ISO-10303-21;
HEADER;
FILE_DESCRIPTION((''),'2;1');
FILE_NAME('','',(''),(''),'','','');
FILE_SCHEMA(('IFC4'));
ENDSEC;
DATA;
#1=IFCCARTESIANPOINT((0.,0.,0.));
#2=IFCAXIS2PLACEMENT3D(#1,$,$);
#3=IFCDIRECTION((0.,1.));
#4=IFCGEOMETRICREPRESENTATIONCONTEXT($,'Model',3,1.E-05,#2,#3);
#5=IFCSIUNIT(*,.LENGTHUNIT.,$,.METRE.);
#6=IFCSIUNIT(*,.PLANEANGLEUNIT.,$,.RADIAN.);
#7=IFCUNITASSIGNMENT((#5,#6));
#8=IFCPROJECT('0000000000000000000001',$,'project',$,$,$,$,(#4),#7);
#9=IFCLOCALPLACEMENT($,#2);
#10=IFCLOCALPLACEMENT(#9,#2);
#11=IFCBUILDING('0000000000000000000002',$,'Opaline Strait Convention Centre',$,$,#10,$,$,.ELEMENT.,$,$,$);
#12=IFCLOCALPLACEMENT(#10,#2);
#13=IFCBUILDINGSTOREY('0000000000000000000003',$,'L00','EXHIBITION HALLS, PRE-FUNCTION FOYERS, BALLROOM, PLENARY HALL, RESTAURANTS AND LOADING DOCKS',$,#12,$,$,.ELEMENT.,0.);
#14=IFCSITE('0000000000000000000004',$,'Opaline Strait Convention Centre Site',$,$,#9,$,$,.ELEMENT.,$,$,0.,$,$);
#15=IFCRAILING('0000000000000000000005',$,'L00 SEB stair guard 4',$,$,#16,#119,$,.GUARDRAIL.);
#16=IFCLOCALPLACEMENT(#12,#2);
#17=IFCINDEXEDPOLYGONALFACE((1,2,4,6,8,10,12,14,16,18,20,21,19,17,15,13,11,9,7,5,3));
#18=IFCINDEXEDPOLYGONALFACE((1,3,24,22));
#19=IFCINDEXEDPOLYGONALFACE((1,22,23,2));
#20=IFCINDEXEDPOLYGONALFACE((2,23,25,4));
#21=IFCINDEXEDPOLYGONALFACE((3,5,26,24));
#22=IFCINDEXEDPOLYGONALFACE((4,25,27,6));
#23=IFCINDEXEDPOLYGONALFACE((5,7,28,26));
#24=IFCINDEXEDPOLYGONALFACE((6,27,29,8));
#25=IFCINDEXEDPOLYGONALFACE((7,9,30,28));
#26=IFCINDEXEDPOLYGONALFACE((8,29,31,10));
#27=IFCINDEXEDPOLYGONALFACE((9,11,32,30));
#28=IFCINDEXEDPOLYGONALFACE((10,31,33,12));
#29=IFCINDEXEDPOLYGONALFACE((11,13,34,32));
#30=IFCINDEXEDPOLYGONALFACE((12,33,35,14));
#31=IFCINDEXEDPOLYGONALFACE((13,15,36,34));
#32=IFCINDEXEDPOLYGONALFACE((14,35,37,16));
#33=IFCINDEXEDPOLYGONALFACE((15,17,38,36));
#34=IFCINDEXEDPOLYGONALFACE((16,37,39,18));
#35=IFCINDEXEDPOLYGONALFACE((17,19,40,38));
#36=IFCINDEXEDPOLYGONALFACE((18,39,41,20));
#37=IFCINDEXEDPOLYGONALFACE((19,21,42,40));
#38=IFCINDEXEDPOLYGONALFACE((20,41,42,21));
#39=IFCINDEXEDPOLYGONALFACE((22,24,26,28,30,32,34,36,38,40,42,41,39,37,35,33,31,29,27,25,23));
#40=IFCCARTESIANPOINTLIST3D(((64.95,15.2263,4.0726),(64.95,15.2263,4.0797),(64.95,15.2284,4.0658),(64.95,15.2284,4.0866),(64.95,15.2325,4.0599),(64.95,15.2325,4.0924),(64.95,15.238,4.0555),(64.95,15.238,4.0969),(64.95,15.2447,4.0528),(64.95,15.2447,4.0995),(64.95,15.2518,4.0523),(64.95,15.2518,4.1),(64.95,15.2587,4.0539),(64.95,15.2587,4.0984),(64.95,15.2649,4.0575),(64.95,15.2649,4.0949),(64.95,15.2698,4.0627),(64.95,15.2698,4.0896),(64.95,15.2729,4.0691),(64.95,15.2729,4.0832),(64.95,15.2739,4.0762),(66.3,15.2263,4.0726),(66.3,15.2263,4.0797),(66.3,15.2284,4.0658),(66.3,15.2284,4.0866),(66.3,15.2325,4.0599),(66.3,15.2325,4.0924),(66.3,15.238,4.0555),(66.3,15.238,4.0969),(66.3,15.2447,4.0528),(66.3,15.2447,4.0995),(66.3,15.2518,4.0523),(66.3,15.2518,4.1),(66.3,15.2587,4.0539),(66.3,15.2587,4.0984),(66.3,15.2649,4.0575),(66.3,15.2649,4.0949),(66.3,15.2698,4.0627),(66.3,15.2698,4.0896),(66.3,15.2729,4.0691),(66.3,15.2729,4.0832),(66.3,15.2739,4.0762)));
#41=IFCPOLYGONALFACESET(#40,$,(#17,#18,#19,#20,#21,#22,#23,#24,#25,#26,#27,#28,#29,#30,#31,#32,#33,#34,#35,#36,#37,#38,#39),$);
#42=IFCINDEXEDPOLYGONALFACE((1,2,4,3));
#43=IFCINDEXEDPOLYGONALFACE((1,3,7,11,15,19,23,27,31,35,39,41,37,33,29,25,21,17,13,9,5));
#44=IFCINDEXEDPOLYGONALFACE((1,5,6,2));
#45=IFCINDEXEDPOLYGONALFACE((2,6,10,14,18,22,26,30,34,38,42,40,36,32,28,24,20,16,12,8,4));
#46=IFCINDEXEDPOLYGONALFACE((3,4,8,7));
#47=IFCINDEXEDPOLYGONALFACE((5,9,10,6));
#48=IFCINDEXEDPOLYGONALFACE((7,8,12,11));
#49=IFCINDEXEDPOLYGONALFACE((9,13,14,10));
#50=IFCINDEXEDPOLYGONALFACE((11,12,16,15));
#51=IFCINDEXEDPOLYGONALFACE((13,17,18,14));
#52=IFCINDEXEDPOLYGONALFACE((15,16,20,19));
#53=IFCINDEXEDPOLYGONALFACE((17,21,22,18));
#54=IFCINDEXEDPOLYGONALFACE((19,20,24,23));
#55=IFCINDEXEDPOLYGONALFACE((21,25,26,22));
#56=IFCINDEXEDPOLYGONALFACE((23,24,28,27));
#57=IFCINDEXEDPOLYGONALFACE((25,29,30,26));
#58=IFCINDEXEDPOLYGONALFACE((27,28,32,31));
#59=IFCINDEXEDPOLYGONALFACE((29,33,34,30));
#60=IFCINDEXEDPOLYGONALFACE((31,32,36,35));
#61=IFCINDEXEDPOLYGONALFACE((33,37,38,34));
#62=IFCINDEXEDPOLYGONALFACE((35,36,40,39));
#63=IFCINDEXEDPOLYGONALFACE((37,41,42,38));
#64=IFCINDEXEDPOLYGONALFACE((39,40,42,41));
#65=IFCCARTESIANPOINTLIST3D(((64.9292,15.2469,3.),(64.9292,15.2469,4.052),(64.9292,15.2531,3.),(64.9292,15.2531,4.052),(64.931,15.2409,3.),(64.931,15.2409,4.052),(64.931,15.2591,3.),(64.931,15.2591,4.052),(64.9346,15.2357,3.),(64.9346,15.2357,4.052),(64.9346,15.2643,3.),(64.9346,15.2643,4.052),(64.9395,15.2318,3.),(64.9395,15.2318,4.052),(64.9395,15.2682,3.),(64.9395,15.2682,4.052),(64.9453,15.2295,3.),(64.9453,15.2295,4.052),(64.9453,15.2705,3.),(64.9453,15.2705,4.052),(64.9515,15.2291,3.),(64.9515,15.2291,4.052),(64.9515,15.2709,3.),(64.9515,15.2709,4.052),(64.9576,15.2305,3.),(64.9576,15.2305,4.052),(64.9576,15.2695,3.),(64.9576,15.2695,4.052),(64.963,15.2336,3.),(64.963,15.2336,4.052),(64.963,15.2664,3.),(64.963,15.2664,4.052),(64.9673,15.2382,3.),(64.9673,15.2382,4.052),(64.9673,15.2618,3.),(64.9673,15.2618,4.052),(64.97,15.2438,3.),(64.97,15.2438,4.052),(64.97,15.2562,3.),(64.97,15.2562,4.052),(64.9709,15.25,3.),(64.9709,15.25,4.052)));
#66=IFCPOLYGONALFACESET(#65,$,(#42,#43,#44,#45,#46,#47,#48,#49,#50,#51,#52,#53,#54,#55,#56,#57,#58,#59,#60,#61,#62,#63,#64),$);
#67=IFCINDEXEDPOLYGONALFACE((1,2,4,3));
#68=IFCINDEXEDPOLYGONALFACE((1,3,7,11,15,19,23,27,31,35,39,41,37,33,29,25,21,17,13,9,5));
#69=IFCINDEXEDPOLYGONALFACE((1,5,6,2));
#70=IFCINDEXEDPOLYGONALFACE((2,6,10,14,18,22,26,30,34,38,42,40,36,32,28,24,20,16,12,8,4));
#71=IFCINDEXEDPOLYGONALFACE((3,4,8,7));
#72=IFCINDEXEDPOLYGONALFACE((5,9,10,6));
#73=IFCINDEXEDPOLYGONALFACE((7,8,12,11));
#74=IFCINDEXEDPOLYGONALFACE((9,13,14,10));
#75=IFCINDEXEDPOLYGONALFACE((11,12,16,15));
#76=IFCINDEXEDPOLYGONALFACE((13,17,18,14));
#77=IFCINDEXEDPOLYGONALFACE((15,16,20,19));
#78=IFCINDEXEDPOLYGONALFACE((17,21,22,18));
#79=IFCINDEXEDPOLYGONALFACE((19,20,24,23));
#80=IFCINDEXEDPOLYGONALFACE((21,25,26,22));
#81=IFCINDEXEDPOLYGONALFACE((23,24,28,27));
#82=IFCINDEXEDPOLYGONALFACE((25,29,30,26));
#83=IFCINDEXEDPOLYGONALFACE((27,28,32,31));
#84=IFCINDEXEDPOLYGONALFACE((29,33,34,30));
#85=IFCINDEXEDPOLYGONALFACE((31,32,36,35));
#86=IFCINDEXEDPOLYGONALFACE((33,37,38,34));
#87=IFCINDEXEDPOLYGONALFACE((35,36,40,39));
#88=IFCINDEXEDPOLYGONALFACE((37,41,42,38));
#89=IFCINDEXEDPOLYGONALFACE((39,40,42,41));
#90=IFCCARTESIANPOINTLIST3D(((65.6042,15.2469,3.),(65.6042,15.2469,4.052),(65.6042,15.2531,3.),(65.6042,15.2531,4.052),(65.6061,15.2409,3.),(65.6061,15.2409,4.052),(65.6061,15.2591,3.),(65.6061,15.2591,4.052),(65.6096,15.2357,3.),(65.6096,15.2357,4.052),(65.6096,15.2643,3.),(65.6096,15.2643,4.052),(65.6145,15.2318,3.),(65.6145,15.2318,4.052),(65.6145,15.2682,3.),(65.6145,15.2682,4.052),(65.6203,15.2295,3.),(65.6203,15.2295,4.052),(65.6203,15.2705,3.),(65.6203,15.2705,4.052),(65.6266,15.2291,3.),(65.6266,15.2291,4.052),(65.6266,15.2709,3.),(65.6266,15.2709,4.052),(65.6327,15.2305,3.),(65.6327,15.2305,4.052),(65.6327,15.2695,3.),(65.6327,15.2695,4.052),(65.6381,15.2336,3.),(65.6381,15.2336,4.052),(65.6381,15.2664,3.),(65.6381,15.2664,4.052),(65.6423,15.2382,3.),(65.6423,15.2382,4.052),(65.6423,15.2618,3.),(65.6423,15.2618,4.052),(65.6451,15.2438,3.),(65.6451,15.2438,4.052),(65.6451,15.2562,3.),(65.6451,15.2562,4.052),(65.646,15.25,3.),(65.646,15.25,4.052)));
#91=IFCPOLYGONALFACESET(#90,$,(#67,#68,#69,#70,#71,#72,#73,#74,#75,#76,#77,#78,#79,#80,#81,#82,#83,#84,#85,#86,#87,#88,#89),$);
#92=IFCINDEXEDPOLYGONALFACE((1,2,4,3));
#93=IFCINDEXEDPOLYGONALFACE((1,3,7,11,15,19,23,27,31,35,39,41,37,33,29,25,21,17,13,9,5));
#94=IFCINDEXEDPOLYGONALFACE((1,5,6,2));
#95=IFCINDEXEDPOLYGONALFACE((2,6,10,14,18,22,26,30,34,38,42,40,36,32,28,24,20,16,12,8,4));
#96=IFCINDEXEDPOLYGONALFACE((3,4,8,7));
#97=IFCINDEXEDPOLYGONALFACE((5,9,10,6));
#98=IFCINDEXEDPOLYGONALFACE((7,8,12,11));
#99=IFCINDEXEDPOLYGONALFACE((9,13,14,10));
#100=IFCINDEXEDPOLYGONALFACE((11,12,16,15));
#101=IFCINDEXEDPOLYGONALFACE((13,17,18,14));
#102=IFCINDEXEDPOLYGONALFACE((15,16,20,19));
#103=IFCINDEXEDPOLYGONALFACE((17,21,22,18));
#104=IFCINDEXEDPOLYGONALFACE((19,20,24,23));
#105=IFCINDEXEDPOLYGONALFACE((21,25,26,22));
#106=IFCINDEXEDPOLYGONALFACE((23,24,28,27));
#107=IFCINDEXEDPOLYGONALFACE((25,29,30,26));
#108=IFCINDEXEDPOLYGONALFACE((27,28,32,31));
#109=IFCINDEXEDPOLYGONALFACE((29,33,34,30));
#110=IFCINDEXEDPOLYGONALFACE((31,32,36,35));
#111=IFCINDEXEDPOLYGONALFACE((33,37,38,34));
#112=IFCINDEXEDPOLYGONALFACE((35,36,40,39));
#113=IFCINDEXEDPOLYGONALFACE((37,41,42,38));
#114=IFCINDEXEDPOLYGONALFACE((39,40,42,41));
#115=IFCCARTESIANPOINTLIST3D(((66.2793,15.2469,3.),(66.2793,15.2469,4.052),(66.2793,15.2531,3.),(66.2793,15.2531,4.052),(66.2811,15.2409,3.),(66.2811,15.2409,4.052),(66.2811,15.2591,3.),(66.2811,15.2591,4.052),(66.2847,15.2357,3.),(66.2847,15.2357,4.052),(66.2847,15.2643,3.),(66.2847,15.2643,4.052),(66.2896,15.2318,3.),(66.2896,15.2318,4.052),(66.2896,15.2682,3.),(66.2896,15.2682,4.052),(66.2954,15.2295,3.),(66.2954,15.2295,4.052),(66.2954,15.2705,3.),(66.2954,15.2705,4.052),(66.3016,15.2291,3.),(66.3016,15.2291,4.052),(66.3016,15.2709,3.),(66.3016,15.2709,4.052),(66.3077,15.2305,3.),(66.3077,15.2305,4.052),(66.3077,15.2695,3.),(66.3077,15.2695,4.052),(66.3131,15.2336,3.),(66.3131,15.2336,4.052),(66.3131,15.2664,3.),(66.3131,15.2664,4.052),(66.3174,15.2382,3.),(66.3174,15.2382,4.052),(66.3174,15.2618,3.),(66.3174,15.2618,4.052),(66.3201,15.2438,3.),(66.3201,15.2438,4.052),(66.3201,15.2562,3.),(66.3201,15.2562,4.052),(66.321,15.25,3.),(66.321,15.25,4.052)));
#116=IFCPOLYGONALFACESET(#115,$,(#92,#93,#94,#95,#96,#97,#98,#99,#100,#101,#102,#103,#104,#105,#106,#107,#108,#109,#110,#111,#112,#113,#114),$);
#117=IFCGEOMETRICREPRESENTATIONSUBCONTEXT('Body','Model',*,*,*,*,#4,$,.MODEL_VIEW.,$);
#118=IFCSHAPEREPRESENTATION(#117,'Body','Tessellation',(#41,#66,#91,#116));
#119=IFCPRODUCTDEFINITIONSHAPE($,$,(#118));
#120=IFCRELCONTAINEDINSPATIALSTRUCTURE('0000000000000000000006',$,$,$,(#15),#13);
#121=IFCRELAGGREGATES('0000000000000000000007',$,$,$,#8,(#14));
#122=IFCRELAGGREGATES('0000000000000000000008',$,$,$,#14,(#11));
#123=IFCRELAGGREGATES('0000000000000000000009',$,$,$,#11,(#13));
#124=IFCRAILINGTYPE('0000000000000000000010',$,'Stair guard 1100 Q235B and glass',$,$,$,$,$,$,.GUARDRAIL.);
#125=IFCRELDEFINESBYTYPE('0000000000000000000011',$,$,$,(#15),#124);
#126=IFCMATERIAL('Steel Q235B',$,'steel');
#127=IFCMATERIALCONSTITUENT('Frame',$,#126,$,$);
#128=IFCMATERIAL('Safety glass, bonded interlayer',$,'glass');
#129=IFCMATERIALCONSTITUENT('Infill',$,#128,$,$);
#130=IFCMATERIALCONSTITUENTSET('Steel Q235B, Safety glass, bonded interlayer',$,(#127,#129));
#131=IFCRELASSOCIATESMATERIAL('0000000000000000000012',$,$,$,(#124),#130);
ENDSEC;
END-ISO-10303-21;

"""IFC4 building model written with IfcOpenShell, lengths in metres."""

from ifc_helpers import new_model, si_unit, direction, frame, origin, origin_2d, place, context, subcontext, project, spatial, circle, extrude, material, constituent, constituent_set, type_object, element, save


model = new_model("IFC4")

# Units and contexts
model_context = context("Model", 3, precision=1e-05, world=origin(), true_north=direction((0.0, 1.0)))
body_context = subcontext(model_context, "Body", "Model", "MODEL_VIEW")
ifc_project = project(units=[si_unit("LENGTHUNIT", "METRE"), si_unit("PLANEANGLEUNIT", "RADIAN")], contexts=[model_context])

# Site, building, storey
site_placement = place(None, origin())
site = spatial("IfcSite", under=ifc_project, at=site_placement, Name="Opaline Strait Convention Centre Site", CompositionType="ELEMENT", RefElevation=0.0)
building_placement = place(site_placement, origin())
building = spatial("IfcBuilding", under=site, at=building_placement, Name="Opaline Strait Convention Centre", CompositionType="ELEMENT")
storey_placement = place(building_placement, origin())
storey = spatial("IfcBuildingStorey", under=building, at=storey_placement, Name="L00", Description="EXHIBITION HALLS, PRE-FUNCTION FOYERS, BALLROOM, PLENARY HALL, RESTAURANTS AND LOADING DOCKS", CompositionType="ELEMENT", Elevation=0.0)

# Railing
ifc_material_1 = material(Name="Steel Q235B", Category="steel")
ifc_constituent_1 = constituent(ifc_material_1, Name="Frame")
ifc_material_2 = material(Name="Safety glass, bonded interlayer", Category="glass")
ifc_constituent_2 = constituent(ifc_material_2, Name="Infill")
ifc_constituent_set = constituent_set(constituents=[ifc_constituent_1, ifc_constituent_2], Name="Steel Q235B, Safety glass, bonded interlayer")
railing_type_1 = type_object("IfcRailingType", Name="Stair guard 1100 Q235B and glass", PredefinedType="GUARDRAIL", material=ifc_constituent_set)
railing_1_placement = place(storey_placement, frame((64.95, 15.25, 3.0)))
element("IfcRailing", 1, at=railing_1_placement, inside=storey, type_object=railing_type_1, Name="L00 SEB stair guard 4", PredefinedType="GUARDRAIL", context=body_context, shape_type="SweptSolid", body=[
    extrude(circle(Radius=0.0239, at=origin_2d()), frame((0.0, 0.0, 1.0762), z_axis=(1.0, 0.0, 0.0), x_axis=(0.0, 1.0, 0.0)), (0.0, 0.0, 1.0), 1.3501),
    extrude(circle(Radius=0.021, at=origin_2d()), origin(), (0.0, 0.0, 1.0), 1.052),
    extrude(circle(Radius=0.021, at=origin_2d()), frame((0.675, 0.0, 0.0)), (0.0, 0.0, 1.0), 1.052),
    extrude(circle(Radius=0.021, at=origin_2d()), frame((1.3501, 0.0, 0.0)), (0.0, 0.0, 1.0), 1.052),
])

save(model, "model.ifc")
